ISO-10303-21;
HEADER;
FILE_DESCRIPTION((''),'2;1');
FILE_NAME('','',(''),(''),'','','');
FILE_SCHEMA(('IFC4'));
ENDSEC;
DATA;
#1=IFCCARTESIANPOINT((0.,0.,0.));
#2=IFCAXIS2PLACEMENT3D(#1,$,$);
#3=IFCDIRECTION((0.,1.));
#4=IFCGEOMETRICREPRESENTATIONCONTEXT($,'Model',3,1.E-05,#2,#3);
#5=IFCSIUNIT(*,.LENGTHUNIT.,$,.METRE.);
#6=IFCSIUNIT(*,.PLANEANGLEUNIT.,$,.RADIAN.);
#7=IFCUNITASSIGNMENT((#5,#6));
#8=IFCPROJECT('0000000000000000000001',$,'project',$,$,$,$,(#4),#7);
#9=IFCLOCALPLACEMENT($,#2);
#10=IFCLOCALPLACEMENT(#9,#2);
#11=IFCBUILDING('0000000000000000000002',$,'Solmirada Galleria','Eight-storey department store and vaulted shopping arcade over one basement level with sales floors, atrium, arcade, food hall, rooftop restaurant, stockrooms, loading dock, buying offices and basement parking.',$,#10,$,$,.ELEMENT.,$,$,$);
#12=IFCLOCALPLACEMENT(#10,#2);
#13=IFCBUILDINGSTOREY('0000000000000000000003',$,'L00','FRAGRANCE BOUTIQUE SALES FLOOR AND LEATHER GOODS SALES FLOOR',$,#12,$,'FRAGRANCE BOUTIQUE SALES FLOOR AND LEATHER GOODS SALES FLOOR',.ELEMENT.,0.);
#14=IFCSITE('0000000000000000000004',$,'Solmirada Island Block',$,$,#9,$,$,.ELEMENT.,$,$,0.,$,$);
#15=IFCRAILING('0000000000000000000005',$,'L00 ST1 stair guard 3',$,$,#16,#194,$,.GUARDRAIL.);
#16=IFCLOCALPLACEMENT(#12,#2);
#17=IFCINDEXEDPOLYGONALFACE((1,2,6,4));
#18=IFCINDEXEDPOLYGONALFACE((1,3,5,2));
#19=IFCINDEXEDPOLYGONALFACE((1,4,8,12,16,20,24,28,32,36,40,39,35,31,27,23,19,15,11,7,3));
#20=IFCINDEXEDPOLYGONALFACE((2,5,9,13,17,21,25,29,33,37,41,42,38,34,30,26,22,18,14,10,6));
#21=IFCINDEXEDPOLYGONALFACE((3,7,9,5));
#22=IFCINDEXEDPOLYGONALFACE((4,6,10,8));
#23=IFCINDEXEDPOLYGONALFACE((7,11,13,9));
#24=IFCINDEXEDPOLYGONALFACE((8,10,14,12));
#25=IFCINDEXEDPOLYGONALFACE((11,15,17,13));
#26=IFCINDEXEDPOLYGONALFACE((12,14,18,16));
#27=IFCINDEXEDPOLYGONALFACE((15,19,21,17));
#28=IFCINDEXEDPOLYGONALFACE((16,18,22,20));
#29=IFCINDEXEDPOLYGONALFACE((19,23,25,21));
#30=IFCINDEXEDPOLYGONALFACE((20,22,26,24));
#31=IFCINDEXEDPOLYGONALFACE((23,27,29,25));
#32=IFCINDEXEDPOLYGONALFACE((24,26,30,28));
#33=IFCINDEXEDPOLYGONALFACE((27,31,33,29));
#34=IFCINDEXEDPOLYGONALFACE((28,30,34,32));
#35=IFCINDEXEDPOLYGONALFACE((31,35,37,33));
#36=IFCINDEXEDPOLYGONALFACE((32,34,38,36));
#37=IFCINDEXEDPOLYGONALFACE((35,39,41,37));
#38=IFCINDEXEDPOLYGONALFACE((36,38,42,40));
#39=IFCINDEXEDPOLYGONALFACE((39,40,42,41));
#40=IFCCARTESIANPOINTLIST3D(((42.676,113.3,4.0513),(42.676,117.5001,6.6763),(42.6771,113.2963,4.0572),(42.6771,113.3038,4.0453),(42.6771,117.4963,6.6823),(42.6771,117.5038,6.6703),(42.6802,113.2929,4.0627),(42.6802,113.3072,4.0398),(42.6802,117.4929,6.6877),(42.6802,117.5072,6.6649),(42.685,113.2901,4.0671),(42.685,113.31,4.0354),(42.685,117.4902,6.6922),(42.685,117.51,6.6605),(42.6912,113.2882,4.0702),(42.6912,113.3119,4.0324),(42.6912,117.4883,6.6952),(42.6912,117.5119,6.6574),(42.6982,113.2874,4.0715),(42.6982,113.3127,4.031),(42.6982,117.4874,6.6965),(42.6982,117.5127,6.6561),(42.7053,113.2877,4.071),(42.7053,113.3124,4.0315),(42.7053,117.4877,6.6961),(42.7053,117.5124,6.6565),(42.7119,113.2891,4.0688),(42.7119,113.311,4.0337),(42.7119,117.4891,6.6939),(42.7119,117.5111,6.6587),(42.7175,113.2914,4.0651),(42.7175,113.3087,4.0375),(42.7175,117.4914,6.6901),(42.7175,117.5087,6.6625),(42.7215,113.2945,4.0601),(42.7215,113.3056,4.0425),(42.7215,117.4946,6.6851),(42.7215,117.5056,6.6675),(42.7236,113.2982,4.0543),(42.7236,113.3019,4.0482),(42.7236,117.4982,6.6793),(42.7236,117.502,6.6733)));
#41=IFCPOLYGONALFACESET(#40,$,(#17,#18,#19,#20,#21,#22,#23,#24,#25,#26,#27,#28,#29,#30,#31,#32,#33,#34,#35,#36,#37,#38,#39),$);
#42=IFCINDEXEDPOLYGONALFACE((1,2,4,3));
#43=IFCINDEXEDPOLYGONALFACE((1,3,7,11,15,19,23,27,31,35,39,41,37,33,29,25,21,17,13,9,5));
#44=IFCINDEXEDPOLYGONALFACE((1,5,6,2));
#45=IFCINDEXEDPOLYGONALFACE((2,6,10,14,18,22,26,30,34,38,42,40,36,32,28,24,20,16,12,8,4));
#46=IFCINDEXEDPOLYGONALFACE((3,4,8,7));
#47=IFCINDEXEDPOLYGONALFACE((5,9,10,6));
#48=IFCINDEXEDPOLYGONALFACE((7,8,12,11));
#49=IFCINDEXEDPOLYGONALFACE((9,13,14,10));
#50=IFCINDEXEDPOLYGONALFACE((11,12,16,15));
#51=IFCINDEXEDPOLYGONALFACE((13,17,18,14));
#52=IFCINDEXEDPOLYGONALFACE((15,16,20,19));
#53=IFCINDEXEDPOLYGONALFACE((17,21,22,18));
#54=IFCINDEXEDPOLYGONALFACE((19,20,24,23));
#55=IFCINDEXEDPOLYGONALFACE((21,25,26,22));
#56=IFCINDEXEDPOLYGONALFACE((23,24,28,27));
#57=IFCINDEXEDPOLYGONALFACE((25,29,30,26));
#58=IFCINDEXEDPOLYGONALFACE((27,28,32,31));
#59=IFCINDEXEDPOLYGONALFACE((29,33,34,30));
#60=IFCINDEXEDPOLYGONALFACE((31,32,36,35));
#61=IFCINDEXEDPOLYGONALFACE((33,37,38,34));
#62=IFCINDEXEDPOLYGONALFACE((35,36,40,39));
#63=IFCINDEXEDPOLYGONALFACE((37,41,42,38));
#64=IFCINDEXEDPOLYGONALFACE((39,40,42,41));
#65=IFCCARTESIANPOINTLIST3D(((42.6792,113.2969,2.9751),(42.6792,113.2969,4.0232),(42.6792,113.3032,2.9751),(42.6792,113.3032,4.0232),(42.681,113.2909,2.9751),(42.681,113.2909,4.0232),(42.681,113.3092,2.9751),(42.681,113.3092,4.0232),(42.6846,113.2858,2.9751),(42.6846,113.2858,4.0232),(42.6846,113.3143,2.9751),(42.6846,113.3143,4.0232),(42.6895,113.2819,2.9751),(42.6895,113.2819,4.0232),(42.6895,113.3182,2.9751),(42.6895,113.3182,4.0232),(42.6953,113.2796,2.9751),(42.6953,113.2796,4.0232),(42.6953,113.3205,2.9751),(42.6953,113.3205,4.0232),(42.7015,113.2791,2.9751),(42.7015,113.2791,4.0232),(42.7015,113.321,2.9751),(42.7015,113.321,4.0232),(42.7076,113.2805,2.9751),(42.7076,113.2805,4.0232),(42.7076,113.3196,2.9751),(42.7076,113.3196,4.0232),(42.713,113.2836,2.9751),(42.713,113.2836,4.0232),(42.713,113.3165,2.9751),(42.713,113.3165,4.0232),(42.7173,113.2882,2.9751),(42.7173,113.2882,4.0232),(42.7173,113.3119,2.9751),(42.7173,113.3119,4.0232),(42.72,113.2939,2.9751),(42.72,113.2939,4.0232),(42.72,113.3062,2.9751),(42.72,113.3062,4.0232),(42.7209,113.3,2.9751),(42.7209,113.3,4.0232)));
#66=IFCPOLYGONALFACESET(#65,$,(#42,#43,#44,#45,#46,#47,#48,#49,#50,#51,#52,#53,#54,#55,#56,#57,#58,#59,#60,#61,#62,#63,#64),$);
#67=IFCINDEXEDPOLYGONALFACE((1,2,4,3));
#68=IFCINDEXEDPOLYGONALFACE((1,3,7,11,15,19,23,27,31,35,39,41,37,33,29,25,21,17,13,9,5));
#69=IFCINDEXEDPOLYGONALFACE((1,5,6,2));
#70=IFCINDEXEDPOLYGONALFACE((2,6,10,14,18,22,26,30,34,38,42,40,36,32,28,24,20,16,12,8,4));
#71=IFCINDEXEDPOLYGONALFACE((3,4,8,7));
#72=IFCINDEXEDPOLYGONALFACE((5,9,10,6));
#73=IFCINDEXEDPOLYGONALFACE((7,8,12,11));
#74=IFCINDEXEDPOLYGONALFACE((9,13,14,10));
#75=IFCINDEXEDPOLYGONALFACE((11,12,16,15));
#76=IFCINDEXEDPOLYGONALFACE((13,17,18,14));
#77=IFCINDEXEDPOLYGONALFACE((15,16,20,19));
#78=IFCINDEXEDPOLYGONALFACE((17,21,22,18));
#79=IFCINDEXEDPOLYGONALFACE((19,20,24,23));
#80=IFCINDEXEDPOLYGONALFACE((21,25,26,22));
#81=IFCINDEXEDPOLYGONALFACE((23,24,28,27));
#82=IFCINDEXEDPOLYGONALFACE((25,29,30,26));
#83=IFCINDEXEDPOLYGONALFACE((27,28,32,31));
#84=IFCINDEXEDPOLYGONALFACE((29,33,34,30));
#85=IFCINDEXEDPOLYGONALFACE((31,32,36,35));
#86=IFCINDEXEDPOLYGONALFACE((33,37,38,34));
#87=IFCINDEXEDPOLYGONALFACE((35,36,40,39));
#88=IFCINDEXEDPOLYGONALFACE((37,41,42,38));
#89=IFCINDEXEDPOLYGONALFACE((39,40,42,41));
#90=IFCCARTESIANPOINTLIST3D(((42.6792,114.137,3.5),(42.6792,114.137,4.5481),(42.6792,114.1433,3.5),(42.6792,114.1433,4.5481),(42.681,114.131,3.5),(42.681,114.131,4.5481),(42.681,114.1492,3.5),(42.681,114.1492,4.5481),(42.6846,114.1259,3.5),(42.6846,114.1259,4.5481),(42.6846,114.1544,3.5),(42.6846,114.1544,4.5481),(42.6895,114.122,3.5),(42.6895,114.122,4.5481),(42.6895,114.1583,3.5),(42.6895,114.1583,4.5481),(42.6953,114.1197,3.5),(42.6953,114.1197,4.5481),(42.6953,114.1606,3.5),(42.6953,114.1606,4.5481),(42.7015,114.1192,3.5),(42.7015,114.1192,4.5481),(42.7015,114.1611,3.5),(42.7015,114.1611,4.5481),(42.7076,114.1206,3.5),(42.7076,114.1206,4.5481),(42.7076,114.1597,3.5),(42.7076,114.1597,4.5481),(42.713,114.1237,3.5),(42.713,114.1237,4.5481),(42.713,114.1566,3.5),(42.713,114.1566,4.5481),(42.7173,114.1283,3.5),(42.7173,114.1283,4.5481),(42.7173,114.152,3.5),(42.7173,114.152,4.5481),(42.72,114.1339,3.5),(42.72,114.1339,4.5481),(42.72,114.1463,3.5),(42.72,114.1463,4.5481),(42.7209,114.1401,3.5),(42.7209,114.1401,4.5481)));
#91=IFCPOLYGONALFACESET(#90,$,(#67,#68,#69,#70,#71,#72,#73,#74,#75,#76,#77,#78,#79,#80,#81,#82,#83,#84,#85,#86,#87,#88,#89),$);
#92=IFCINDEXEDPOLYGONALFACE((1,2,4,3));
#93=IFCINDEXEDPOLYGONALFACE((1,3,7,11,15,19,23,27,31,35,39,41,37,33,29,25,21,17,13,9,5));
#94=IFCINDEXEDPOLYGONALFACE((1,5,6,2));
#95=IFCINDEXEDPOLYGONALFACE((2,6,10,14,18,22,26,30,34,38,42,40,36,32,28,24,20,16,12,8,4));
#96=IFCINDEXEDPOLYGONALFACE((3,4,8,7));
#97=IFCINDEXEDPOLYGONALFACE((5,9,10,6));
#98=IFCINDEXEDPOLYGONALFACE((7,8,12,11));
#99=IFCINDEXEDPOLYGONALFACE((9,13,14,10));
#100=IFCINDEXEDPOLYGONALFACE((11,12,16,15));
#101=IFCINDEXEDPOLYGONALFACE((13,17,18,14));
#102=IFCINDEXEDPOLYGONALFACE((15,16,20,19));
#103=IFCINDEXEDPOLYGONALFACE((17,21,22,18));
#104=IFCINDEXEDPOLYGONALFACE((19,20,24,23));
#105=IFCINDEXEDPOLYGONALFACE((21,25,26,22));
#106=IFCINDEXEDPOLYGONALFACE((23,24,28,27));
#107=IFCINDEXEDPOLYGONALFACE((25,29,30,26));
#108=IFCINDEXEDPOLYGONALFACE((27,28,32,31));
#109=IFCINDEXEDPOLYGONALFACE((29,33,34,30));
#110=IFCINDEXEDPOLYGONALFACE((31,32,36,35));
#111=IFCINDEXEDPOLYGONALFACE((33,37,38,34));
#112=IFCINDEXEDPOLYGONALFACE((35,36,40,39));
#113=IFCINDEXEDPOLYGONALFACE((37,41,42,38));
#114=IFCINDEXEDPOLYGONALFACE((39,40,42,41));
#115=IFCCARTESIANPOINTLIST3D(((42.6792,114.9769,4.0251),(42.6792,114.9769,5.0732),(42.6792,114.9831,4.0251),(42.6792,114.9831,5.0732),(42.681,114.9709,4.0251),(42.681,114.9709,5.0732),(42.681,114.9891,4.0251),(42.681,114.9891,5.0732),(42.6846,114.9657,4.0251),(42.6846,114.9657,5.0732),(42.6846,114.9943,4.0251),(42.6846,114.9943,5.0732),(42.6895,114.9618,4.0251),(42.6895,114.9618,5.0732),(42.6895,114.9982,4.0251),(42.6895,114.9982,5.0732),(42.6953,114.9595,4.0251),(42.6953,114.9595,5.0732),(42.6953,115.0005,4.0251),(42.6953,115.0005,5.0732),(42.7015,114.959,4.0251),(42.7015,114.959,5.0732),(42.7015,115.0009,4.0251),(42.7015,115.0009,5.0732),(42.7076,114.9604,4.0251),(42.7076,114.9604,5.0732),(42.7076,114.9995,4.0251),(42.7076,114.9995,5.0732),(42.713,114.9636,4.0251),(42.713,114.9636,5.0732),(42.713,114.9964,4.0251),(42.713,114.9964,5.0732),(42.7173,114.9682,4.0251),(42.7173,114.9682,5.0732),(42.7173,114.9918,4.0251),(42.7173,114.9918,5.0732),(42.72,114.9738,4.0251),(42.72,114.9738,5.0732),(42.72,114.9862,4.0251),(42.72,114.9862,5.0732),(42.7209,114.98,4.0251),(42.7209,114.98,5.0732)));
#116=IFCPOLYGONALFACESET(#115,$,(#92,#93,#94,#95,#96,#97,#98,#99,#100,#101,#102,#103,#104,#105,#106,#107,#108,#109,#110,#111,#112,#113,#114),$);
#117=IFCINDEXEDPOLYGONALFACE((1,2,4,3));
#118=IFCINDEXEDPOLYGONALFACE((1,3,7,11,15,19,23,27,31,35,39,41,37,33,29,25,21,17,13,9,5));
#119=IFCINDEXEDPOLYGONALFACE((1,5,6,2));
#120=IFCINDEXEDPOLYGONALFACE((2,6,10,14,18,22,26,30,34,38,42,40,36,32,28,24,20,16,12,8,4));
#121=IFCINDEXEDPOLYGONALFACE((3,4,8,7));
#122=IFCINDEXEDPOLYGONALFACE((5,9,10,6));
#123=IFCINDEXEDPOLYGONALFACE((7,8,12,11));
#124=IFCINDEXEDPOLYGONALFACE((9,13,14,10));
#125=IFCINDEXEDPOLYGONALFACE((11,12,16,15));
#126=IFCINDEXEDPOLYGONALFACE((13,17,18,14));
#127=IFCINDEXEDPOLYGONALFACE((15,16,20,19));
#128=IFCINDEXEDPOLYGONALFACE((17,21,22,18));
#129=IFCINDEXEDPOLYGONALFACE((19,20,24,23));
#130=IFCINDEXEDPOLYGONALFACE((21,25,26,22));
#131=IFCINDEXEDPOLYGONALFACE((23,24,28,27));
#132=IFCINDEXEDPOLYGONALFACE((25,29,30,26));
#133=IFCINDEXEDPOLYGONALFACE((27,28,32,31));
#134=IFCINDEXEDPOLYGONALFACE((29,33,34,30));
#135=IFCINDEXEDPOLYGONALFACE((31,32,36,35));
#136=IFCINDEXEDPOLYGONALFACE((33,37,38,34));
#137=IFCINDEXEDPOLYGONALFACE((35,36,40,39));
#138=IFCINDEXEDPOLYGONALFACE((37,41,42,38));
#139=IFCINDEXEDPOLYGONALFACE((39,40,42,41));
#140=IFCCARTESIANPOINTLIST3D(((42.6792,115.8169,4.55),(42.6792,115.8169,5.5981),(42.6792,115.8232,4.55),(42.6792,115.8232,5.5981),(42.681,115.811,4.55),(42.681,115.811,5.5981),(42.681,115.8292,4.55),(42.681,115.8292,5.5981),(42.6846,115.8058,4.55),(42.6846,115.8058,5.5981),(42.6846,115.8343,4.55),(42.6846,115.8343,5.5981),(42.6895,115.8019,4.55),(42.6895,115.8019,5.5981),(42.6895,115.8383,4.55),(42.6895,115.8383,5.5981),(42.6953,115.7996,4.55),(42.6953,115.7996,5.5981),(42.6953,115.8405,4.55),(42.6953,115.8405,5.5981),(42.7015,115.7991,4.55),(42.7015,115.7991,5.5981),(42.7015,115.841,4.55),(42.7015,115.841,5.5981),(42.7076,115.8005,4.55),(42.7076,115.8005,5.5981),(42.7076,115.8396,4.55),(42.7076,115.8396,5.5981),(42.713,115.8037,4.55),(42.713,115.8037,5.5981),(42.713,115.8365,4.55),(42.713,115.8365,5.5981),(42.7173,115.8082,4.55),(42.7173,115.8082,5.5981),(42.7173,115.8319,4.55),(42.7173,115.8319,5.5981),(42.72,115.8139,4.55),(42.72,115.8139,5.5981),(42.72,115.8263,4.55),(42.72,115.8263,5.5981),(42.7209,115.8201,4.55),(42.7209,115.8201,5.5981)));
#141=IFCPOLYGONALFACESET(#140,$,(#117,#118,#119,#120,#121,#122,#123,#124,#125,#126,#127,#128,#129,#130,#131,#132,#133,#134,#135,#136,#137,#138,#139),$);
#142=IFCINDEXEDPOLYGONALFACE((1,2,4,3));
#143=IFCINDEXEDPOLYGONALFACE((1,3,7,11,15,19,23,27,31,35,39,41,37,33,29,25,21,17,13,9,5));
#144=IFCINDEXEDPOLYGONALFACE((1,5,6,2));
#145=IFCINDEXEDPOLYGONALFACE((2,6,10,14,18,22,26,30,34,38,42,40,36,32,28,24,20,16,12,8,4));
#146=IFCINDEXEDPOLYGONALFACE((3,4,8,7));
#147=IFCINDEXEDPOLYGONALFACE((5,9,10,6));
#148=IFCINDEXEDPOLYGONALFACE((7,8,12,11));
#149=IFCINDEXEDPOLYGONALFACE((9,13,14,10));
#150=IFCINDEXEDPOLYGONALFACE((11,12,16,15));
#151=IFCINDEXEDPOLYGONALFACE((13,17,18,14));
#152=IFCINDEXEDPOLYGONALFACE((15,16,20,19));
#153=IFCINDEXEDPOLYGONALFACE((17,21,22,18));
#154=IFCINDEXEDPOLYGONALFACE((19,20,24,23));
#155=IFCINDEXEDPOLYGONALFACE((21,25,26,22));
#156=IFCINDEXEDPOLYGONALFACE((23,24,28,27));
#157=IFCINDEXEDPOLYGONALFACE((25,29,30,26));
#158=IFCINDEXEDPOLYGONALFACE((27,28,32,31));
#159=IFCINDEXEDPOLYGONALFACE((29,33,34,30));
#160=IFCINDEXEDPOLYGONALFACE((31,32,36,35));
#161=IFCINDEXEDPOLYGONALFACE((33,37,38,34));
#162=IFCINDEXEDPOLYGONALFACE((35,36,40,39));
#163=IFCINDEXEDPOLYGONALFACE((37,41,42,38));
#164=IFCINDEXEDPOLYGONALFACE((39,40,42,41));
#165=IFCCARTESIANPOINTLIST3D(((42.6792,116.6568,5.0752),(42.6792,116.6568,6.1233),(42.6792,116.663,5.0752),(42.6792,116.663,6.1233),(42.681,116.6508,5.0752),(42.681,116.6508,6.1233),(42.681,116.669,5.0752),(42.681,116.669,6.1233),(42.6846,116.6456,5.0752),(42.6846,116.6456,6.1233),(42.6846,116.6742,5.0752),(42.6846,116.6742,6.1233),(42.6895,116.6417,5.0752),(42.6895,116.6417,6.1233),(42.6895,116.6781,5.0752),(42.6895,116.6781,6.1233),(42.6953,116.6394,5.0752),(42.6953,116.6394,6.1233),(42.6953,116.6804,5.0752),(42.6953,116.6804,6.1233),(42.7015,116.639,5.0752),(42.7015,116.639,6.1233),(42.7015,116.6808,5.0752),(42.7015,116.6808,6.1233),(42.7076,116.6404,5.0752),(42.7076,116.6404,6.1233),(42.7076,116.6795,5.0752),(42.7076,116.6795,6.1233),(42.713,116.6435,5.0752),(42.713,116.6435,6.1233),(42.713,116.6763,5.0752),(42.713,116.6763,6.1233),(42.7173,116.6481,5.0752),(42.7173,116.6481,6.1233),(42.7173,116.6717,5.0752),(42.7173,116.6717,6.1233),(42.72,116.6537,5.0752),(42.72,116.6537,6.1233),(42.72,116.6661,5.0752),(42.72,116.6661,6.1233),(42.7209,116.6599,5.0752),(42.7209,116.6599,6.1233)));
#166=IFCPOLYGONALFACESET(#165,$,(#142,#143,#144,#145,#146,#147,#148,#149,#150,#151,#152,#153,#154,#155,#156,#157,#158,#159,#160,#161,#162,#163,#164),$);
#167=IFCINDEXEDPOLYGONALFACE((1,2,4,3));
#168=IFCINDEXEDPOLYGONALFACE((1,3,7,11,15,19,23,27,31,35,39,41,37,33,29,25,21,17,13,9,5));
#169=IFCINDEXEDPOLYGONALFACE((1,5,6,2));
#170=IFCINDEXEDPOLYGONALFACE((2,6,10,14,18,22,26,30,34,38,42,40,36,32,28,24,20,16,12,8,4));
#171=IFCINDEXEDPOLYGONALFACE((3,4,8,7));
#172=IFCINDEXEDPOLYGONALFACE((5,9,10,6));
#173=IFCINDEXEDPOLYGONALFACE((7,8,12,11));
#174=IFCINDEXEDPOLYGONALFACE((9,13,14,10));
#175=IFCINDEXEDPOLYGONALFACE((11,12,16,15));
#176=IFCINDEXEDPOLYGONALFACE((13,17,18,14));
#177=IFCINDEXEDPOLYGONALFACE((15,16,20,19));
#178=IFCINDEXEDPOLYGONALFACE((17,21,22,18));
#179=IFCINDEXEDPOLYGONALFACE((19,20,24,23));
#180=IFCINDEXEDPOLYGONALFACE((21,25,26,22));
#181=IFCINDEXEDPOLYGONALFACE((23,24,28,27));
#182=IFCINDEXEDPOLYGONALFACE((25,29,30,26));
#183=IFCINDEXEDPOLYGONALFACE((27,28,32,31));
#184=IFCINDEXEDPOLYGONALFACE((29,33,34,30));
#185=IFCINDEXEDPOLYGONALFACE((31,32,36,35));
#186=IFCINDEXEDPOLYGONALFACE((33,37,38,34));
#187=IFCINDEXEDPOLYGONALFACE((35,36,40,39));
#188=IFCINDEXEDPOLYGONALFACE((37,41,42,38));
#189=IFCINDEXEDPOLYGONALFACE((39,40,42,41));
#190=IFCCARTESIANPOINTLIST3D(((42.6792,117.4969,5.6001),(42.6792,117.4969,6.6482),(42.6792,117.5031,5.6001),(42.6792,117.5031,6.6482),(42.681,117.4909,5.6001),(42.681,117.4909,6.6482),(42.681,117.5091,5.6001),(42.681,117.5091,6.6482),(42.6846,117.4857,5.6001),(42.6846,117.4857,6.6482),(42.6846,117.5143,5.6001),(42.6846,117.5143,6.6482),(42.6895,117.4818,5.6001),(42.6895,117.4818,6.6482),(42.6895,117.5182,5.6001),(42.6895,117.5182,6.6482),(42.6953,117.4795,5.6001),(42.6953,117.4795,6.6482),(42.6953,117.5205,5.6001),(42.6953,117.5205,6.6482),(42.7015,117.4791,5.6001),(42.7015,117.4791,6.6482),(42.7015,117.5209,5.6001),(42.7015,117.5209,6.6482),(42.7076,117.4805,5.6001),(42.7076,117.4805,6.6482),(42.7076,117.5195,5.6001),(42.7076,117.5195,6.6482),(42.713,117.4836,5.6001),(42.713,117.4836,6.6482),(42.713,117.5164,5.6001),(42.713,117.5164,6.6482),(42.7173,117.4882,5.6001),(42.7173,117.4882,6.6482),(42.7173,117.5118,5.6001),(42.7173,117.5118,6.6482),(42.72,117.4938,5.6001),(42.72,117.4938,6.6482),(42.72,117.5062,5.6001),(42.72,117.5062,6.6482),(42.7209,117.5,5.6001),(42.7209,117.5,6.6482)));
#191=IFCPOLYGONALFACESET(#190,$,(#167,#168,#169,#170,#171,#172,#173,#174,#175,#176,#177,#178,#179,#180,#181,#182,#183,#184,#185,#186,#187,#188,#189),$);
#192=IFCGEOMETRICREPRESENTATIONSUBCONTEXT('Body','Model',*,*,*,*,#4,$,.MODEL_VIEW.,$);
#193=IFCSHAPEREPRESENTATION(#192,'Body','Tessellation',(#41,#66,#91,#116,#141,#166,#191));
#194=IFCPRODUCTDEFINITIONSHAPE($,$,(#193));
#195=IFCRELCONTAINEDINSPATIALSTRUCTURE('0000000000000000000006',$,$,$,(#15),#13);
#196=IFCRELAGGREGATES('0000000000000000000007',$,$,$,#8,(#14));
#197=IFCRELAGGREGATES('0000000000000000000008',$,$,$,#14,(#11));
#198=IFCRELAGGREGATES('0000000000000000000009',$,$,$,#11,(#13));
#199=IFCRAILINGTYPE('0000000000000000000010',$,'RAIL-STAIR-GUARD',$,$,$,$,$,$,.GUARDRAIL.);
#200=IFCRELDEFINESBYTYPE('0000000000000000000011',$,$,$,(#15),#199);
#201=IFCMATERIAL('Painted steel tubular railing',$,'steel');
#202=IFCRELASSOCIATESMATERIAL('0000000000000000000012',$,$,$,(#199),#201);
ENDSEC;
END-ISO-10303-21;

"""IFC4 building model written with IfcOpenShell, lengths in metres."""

from ifc_helpers import new_model, si_unit, direction, frame, origin, origin_2d, place, context, subcontext, project, spatial, circle, extrude, material, type_object, element, save


model = new_model("IFC4")

# Units and contexts
model_context = context("Model", 3, precision=1e-05, world=origin(), true_north=direction((0.0, 1.0)))
body_context = subcontext(model_context, "Body", "Model", "MODEL_VIEW")
ifc_project = project(units=[si_unit("LENGTHUNIT", "METRE"), si_unit("PLANEANGLEUNIT", "RADIAN")], contexts=[model_context])

# Site, building, storey
site_placement = place(None, origin())
site = spatial("IfcSite", under=ifc_project, at=site_placement, Name="Solmirada Island Block", CompositionType="ELEMENT", RefElevation=0.0)
building_placement = place(site_placement, origin())
building = spatial("IfcBuilding", under=site, at=building_placement, Name="Solmirada Galleria", Description="Eight-storey department store and vaulted shopping arcade over one basement level with sales floors, atrium, arcade, food hall, rooftop restaurant, stockrooms, loading dock, buying offices and basement parking.", CompositionType="ELEMENT")
storey_placement = place(building_placement, origin())
storey = spatial("IfcBuildingStorey", under=building, at=storey_placement, Name="L00", Description="FRAGRANCE BOUTIQUE SALES FLOOR AND LEATHER GOODS SALES FLOOR", LongName="FRAGRANCE BOUTIQUE SALES FLOOR AND LEATHER GOODS SALES FLOOR", CompositionType="ELEMENT", Elevation=0.0)

# Railing
ifc_material_1 = material(Name="Painted steel tubular railing", Category="steel")
railing_type_1 = type_object("IfcRailingType", Name="RAIL-STAIR-GUARD", PredefinedType="GUARDRAIL", material=ifc_material_1)
railing_1_placement = place(storey_placement, frame((42.7, 113.3, 2.9751)))
element("IfcRailing", 1, at=railing_1_placement, inside=storey, type_object=railing_type_1, Name="L00 ST1 stair guard 3", PredefinedType="GUARDRAIL", context=body_context, shape_type="SweptSolid", body=[
    extrude(circle(Radius=0.0239, at=origin_2d()), frame((0.0, 0.0, 1.0762), z_axis=(0.0, 0.847996, 0.530003), x_axis=(-1.0, 0.0, 0.0)), (0.0, 0.0, 1.0), 4.9529),
    extrude(circle(Radius=0.021, at=origin_2d()), origin(), (0.0, 0.0, 1.0), 1.0481),
    extrude(circle(Radius=0.021, at=origin_2d()), frame((0.0, 0.8401, 0.5249)), (0.0, 0.0, 1.0), 1.0481),
    extrude(circle(Radius=0.021, at=origin_2d()), frame((0.0, 1.6799, 1.05)), (0.0, 0.0, 1.0), 1.0481),
    extrude(circle(Radius=0.021, at=origin_2d()), frame((0.0, 2.52, 1.575)), (0.0, 0.0, 1.0), 1.0481),
    extrude(circle(Radius=0.021, at=origin_2d()), frame((0.0, 3.3599, 2.1001)), (0.0, 0.0, 1.0), 1.0481),
    extrude(circle(Radius=0.021, at=origin_2d()), frame((0.0, 4.2, 2.625)), (0.0, 0.0, 1.0), 1.0481),
])

save(model, "model.ifc")
